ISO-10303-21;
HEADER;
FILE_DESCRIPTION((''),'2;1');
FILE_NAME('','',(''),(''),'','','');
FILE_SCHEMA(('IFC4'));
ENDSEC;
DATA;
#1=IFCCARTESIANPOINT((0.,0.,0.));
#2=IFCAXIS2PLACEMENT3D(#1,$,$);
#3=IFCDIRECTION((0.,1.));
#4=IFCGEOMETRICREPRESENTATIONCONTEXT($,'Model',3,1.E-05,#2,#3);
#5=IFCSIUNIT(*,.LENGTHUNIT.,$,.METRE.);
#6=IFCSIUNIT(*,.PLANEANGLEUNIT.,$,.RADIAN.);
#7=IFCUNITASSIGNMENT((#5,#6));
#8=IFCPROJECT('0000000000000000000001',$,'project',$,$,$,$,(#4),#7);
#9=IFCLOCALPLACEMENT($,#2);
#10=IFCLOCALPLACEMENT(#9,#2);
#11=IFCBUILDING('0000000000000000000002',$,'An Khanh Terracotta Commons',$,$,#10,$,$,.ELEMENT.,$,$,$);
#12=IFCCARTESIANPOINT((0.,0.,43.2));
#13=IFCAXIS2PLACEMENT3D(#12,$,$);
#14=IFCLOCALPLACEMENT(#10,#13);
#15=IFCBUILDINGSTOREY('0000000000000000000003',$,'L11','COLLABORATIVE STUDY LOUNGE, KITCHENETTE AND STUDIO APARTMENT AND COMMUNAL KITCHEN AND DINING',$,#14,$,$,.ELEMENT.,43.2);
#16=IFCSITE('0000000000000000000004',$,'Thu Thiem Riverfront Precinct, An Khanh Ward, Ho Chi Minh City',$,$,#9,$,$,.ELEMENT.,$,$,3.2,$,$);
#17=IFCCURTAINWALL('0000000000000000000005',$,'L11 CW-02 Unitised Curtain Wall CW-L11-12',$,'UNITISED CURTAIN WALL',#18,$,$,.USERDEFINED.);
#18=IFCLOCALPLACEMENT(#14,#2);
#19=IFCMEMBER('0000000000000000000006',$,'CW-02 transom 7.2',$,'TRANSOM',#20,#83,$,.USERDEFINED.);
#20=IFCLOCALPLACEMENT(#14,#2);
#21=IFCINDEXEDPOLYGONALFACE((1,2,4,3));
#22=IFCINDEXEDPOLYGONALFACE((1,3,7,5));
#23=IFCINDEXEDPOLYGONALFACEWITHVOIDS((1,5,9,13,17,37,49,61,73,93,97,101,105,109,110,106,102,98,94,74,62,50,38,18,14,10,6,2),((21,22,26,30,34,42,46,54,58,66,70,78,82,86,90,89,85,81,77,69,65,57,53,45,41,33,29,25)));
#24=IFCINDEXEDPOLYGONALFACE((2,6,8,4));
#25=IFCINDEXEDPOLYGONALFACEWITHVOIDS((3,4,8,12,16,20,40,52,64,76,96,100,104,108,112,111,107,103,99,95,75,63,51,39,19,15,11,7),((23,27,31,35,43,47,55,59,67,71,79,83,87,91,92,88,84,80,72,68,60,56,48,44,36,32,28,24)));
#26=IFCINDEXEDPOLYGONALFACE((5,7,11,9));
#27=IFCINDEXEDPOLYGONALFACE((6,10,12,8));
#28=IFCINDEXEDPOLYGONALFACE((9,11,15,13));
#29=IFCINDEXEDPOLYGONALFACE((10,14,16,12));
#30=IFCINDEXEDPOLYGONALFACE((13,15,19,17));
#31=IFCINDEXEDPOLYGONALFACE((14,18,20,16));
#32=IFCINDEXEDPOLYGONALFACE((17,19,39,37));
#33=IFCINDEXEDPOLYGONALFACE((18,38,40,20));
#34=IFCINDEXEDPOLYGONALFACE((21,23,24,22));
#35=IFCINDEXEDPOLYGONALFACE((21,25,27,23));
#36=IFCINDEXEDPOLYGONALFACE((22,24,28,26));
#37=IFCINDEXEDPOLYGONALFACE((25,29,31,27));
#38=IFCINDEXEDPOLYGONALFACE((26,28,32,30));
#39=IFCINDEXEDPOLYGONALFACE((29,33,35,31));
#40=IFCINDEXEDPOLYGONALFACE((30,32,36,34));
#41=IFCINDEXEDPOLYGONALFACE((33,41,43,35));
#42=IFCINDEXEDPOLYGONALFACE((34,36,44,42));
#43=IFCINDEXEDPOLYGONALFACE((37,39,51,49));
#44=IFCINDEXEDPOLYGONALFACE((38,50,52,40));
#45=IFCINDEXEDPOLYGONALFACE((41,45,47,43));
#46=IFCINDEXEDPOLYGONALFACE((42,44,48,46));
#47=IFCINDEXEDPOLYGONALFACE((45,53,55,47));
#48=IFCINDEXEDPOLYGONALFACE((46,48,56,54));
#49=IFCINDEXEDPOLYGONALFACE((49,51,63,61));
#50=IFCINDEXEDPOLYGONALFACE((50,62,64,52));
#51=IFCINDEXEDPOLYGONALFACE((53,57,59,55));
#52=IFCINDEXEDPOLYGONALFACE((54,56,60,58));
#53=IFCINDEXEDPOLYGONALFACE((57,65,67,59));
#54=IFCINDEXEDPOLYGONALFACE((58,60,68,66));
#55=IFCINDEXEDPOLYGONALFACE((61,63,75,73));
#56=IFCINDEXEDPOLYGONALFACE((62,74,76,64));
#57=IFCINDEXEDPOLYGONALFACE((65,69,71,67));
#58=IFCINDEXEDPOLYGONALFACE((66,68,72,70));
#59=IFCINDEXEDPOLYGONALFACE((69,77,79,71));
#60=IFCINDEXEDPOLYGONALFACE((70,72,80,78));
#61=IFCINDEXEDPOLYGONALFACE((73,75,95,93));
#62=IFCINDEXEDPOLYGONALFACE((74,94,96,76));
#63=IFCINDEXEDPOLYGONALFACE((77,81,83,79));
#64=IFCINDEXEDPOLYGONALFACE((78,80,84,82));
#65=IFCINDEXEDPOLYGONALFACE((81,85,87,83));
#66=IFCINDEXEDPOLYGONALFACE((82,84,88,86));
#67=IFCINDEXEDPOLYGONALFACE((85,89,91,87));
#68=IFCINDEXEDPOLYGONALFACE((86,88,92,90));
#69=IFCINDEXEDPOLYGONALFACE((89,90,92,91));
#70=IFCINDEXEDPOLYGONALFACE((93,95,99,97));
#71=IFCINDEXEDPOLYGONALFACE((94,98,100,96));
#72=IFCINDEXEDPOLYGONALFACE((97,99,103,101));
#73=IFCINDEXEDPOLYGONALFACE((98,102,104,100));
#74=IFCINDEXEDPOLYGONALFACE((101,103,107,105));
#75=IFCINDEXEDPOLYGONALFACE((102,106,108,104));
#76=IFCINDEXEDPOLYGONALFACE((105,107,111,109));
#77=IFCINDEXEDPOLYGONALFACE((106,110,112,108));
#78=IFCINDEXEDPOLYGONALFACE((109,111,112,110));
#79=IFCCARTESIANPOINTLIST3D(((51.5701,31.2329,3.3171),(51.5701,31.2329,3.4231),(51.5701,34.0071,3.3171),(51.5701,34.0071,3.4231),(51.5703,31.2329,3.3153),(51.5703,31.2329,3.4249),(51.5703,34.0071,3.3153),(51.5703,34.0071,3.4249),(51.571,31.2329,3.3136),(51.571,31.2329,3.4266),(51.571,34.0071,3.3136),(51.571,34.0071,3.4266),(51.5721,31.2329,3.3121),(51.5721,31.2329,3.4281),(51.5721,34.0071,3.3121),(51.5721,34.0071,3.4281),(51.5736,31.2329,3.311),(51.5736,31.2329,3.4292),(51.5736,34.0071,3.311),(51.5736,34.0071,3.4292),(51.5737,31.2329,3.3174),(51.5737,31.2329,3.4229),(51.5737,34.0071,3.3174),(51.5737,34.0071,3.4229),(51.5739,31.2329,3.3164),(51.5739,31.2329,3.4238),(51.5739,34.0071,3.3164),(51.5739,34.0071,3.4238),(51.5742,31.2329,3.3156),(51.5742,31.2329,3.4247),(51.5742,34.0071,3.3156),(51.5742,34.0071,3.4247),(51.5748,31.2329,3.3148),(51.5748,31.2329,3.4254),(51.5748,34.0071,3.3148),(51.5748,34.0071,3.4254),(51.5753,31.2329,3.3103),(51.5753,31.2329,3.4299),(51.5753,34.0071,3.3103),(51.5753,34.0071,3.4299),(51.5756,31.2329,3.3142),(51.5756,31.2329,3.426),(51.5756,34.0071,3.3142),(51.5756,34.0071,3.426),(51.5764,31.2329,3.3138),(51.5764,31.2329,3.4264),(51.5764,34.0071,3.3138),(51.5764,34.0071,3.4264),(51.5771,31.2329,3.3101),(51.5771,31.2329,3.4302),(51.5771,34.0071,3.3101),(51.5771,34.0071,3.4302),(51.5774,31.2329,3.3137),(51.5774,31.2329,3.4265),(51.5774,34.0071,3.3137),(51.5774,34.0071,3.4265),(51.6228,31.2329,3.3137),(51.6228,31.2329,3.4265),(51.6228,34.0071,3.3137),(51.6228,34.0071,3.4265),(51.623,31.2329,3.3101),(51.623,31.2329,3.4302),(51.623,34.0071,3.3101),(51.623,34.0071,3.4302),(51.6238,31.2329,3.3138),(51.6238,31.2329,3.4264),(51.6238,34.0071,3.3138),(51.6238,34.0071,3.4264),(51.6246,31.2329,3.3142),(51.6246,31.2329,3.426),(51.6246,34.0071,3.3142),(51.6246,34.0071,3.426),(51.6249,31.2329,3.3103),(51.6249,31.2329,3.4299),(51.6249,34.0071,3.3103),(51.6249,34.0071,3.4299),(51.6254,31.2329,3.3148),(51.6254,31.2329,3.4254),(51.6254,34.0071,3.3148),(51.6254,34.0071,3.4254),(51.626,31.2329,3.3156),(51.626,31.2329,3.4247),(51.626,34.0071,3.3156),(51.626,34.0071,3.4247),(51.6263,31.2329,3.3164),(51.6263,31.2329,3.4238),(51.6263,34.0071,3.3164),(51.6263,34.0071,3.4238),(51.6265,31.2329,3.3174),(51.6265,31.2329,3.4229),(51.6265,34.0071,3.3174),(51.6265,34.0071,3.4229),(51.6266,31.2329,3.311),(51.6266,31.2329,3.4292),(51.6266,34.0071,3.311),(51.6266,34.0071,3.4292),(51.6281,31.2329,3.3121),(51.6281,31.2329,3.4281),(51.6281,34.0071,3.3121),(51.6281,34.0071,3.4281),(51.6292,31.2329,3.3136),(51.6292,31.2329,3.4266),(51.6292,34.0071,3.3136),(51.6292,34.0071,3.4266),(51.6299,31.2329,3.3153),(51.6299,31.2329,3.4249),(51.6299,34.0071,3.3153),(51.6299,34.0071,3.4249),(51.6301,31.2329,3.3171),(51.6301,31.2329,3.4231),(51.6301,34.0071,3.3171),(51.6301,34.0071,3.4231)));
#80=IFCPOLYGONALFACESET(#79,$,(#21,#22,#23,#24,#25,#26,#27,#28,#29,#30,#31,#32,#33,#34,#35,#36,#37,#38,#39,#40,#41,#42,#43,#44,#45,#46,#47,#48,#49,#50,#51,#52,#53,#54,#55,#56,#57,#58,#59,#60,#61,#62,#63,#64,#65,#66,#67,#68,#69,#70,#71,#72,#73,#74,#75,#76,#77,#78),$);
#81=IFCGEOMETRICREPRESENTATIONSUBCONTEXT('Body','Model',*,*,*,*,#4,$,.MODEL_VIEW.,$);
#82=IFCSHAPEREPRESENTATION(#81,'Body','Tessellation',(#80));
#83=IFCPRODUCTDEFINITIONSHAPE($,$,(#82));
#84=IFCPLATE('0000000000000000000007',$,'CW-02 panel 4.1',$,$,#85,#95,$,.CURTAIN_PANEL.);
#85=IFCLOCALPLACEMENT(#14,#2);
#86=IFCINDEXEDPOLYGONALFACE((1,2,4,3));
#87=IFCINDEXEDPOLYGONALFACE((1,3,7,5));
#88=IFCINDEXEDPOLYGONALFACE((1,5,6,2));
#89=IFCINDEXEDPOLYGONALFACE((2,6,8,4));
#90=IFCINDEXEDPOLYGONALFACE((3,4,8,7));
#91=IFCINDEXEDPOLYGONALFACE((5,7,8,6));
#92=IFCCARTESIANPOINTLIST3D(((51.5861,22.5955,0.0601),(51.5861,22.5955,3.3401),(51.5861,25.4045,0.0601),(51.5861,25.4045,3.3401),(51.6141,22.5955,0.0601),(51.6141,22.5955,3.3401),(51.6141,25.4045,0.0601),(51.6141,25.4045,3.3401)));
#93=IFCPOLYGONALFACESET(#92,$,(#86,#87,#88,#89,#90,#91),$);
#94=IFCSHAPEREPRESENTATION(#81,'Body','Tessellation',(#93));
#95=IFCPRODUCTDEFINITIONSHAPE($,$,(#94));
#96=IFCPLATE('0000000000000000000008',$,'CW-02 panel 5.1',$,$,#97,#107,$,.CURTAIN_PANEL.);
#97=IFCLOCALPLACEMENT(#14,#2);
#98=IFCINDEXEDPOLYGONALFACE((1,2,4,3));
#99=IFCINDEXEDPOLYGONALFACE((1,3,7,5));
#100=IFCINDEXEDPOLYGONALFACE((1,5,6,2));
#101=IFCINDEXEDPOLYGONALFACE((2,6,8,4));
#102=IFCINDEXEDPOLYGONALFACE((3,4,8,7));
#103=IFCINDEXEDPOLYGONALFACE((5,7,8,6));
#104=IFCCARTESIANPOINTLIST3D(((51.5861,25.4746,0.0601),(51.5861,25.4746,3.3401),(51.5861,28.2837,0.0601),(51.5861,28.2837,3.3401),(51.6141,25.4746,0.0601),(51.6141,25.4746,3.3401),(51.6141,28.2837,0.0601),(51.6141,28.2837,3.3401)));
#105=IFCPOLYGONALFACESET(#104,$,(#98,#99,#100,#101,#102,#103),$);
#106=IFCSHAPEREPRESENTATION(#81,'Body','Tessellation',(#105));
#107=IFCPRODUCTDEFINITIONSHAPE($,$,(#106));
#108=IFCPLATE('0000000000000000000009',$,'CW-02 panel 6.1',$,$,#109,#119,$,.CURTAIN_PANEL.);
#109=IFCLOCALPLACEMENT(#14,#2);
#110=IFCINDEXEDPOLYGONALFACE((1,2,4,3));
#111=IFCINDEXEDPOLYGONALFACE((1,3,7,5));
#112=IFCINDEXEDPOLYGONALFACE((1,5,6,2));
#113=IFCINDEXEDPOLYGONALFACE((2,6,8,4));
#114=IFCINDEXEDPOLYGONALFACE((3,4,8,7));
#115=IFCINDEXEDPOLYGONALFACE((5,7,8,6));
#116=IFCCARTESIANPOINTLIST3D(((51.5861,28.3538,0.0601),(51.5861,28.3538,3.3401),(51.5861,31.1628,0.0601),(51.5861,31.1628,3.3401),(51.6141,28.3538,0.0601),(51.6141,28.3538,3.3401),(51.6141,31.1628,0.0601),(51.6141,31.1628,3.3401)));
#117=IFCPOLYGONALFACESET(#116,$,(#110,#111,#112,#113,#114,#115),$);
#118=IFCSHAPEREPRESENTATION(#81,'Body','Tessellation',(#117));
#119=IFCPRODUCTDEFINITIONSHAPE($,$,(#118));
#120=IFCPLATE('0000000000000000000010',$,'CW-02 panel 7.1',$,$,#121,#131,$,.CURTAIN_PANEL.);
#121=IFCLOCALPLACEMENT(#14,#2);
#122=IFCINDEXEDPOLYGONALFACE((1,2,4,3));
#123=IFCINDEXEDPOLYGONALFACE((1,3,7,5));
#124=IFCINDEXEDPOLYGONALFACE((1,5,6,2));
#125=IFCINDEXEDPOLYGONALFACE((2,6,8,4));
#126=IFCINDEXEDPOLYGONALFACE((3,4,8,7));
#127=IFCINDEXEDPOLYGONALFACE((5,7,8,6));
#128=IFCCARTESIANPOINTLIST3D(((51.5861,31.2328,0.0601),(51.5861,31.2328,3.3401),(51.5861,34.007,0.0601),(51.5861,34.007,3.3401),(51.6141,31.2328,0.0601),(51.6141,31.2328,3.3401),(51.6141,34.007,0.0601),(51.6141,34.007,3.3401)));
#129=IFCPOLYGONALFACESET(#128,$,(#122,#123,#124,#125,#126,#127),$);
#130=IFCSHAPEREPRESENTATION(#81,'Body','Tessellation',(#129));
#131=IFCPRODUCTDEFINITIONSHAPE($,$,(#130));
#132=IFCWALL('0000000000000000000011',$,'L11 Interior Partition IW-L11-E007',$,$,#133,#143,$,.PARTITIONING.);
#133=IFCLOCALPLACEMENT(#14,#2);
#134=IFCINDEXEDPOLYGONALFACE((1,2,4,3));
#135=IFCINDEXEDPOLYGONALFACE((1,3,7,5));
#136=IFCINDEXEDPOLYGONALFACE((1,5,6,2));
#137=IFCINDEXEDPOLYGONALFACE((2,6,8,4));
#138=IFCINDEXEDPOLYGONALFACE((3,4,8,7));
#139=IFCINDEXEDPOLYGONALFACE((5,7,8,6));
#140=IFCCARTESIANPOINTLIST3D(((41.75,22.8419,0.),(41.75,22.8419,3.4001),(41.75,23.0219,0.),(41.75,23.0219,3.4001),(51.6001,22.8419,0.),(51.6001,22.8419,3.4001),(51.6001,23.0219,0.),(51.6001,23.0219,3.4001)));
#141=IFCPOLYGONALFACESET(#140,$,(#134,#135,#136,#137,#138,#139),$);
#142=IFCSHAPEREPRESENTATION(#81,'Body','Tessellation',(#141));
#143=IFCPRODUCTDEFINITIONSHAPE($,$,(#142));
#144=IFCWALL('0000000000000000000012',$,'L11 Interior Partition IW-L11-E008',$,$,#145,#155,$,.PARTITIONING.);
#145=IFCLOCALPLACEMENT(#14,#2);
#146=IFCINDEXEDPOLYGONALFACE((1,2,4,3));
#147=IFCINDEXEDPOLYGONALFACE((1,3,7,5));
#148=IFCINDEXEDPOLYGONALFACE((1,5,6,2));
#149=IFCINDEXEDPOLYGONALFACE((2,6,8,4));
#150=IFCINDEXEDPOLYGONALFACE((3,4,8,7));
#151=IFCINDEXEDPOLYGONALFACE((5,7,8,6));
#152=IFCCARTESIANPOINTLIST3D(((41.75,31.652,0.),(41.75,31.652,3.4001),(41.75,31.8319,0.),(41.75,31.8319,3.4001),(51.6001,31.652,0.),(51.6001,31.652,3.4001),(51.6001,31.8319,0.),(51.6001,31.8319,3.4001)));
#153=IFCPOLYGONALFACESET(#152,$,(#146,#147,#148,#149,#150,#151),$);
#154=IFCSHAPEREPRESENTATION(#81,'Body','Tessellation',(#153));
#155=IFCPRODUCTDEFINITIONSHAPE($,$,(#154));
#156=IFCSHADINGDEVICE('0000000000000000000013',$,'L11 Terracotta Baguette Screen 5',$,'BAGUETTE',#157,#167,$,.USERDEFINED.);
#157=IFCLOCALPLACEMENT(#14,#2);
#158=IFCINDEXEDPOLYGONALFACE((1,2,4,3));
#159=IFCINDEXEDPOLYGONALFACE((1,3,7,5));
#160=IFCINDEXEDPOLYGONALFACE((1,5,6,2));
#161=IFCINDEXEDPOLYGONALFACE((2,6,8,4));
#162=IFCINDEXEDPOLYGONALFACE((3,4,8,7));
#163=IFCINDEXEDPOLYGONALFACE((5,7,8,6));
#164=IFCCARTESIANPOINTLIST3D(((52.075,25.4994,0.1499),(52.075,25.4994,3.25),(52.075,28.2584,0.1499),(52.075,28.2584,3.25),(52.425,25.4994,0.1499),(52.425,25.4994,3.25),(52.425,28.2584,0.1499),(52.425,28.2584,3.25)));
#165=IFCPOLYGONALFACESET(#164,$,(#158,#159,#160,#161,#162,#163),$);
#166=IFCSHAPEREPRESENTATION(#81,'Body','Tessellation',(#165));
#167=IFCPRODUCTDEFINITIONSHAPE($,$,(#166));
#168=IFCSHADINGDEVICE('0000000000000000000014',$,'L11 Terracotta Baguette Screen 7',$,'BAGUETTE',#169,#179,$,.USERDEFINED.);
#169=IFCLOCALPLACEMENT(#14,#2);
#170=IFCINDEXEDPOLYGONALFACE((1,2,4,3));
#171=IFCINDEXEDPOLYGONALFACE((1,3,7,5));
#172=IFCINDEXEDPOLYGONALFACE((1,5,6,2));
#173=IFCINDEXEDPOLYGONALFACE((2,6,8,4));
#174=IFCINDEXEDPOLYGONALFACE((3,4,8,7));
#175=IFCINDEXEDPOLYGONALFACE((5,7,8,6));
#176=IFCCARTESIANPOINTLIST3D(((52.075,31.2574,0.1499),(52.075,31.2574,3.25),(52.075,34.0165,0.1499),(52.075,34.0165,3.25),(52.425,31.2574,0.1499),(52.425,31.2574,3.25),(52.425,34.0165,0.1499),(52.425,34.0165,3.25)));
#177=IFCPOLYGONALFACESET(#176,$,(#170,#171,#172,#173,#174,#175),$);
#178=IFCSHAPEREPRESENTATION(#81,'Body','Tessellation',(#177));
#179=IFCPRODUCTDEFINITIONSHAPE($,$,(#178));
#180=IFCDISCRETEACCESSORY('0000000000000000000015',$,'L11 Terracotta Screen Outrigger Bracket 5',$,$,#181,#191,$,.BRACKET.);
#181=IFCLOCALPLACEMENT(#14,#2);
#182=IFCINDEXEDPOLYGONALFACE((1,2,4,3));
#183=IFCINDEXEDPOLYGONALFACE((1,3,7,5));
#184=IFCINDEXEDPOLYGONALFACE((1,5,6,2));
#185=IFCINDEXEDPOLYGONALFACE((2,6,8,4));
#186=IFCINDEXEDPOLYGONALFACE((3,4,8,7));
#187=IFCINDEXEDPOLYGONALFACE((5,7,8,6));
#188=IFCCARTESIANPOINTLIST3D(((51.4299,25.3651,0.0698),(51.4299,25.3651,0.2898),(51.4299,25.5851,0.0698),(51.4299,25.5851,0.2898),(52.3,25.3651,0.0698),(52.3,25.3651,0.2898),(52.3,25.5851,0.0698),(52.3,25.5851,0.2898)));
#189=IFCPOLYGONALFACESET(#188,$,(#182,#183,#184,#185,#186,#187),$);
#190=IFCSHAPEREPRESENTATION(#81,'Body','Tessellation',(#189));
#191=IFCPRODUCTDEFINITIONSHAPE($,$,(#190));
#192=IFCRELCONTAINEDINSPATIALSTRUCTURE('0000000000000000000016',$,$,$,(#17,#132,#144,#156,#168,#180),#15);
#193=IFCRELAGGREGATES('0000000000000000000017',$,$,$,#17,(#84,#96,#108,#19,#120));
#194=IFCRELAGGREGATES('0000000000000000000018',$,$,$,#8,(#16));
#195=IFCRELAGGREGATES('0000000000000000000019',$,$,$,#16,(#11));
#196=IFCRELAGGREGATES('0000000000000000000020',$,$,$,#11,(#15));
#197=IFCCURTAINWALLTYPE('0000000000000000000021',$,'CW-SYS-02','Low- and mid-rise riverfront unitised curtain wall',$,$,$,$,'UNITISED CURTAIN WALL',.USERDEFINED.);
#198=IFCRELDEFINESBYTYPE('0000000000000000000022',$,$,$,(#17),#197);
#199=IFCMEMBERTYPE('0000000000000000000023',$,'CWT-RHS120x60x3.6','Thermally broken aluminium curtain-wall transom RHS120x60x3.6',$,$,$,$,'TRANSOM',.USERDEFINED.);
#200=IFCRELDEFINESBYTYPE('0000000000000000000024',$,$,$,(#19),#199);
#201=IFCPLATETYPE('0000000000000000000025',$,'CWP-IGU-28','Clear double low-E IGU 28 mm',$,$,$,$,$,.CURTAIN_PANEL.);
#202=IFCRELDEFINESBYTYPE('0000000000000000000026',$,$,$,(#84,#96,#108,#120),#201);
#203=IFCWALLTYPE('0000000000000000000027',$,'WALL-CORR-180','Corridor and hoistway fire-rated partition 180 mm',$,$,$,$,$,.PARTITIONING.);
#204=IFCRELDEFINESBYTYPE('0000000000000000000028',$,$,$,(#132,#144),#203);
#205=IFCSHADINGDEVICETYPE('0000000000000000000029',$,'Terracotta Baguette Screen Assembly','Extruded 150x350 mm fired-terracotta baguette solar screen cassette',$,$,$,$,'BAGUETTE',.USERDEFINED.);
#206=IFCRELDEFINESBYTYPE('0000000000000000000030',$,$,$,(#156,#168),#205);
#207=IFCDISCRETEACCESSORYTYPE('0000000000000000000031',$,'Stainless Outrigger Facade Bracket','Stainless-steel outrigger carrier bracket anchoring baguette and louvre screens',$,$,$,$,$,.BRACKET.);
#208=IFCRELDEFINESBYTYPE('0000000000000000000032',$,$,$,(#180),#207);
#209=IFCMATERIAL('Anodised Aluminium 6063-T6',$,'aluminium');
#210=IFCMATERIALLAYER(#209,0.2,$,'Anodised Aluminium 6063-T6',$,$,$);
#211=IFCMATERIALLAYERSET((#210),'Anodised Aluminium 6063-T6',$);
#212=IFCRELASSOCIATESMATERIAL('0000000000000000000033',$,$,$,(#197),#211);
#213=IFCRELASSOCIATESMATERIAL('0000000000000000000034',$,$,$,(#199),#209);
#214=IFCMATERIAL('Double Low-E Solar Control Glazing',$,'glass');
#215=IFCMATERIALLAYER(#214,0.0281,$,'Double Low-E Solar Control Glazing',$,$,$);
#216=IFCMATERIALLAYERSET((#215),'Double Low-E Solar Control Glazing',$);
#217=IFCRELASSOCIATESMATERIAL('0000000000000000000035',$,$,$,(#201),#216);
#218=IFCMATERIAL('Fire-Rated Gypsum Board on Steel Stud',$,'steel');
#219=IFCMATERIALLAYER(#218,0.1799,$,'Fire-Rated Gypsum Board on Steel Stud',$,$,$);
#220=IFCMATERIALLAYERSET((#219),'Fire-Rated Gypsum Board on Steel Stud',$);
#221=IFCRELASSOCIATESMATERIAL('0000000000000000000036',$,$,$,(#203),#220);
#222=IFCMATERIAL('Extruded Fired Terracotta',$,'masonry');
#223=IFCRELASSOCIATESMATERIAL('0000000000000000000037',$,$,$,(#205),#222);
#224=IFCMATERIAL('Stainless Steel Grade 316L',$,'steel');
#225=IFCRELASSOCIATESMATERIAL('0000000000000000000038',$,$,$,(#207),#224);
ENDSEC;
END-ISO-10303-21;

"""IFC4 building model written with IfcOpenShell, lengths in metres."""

from ifc_helpers import new_model, si_unit, direction, frame, frame_2d, origin, origin_2d, place, context, subcontext, project, spatial, rectangle, hollow_rectangle, extrude, material, layer, layer_set, material_profile, profile_set, type_object, element, aggregate, save


model = new_model("IFC4")

# Units and contexts
model_context = context("Model", 3, precision=1e-05, world=origin(), true_north=direction((0.0, 1.0)))
body_context = subcontext(model_context, "Body", "Model", "MODEL_VIEW")
ifc_project = project(units=[si_unit("LENGTHUNIT", "METRE"), si_unit("PLANEANGLEUNIT", "RADIAN")], contexts=[model_context])

# Site, building, storey
site_placement = place(None, origin())
site = spatial("IfcSite", under=ifc_project, at=site_placement, Name="Thu Thiem Riverfront Precinct, An Khanh Ward, Ho Chi Minh City", CompositionType="ELEMENT", RefElevation=3.2)
building_placement = place(site_placement, origin())
building = spatial("IfcBuilding", under=site, at=building_placement, Name="An Khanh Terracotta Commons", CompositionType="ELEMENT")
storey_placement = place(building_placement, frame((0.0, 0.0, 43.2)))
storey = spatial("IfcBuildingStorey", under=building, at=storey_placement, Name="L11", Description="COLLABORATIVE STUDY LOUNGE, KITCHENETTE AND STUDIO APARTMENT AND COMMUNAL KITCHEN AND DINING", CompositionType="ELEMENT", Elevation=43.2)

# Curtain wall, member, plates
ifc_material_1 = material(Name="Anodised Aluminium 6063-T6", Category="aluminium")
ifc_layer_1 = layer(ifc_material_1, 0.2, Name="Anodised Aluminium 6063-T6")
ifc_layer_set_1 = layer_set([ifc_layer_1], Name="Anodised Aluminium 6063-T6")
curtain_wall_type = type_object("IfcCurtainWallType", Name="CW-SYS-02", Description="Low- and mid-rise riverfront unitised curtain wall", ElementType="UNITISED CURTAIN WALL", PredefinedType="USERDEFINED", material=ifc_layer_set_1)
curtain_wall_placement = place(storey_placement, origin())
curtain_wall = element("IfcCurtainWall", 1, at=curtain_wall_placement, inside=storey, type_object=curtain_wall_type, Name="L11 CW-02 Unitised Curtain Wall CW-L11-12", ObjectType="UNITISED CURTAIN WALL", PredefinedType="USERDEFINED")
ifc_material_profile_1 = material_profile(ifc_material_1, hollow_rectangle(XDim=0.0601, YDim=0.1201, WallThickness=0.0037, InnerFilletRadius=0.0037, OuterFilletRadius=0.0071, at=origin_2d()), Name="RHS120x60x3.6")
ifc_profile_set_1 = profile_set([ifc_material_profile_1], Name="Anodised Aluminium 6063-T6")
member_type_1 = type_object("IfcMemberType", Name="CWT-RHS120x60x3.6", Description="Thermally broken aluminium curtain-wall transom RHS120x60x3.6", ElementType="TRANSOM", PredefinedType="USERDEFINED", material=ifc_profile_set_1)
member_1_placement = place(storey_placement, frame((51.6001, 31.2329, 3.3701), z_axis=(0.0, 1.0, 0.0), x_axis=(-1.0, 0.0, 0.0)))
member_1 = element("IfcMember", 2, at=member_1_placement, type_object=member_type_1, Name="CW-02 transom 7.2", ObjectType="TRANSOM", PredefinedType="USERDEFINED", context=body_context, shape_type="SweptSolid", body=[
    extrude(hollow_rectangle(XDim=0.0601, YDim=0.1201, WallThickness=0.0037, InnerFilletRadius=0.0037, OuterFilletRadius=0.0071, at=origin_2d()), origin(), (0.0, 0.0, 1.0), 2.7742),
])
ifc_material_2 = material(Name="Double Low-E Solar Control Glazing", Category="glass")
ifc_layer_2 = layer(ifc_material_2, 0.0281, Name="Double Low-E Solar Control Glazing")
ifc_layer_set_2 = layer_set([ifc_layer_2], Name="Double Low-E Solar Control Glazing")
plate_type = type_object("IfcPlateType", Name="CWP-IGU-28", Description="Clear double low-E IGU 28 mm", PredefinedType="CURTAIN_PANEL", material=ifc_layer_set_2)
plate_1_placement = place(storey_placement, frame((51.6001, 24.0, 0.0601), z_axis=(0.0, 0.0, 1.0), x_axis=(0.0, 1.0, 0.0)))
plate_1 = element("IfcPlate", 3, at=plate_1_placement, type_object=plate_type, Name="CW-02 panel 4.1", PredefinedType="CURTAIN_PANEL", context=body_context, shape_type="SweptSolid", body=[
    extrude(rectangle(XDim=2.8091, YDim=0.0281, at=origin_2d()), origin(), (0.0, 0.0, 1.0), 3.28),
])
plate_2_placement = place(storey_placement, frame((51.6001, 26.8792, 0.0601), z_axis=(0.0, 0.0, 1.0), x_axis=(0.0, 1.0, 0.0)))
plate_2 = element("IfcPlate", 4, at=plate_2_placement, type_object=plate_type, Name="CW-02 panel 5.1", PredefinedType="CURTAIN_PANEL", context=body_context, shape_type="SweptSolid", body=[
    extrude(rectangle(XDim=2.8091, YDim=0.0281, at=origin_2d()), origin(), (0.0, 0.0, 1.0), 3.28),
])
plate_3_placement = place(storey_placement, frame((51.6001, 29.7583, 0.0601), z_axis=(0.0, 0.0, 1.0), x_axis=(0.0, 1.0, 0.0)))
plate_3 = element("IfcPlate", 5, at=plate_3_placement, type_object=plate_type, Name="CW-02 panel 6.1", PredefinedType="CURTAIN_PANEL", context=body_context, shape_type="SweptSolid", body=[
    extrude(rectangle(XDim=2.8091, YDim=0.0281, at=origin_2d()), origin(), (0.0, 0.0, 1.0), 3.28),
])
plate_4_placement = place(storey_placement, frame((51.6001, 32.6199, 0.0601), z_axis=(0.0, 0.0, 1.0), x_axis=(0.0, 1.0, 0.0)))
plate_4 = element("IfcPlate", 6, at=plate_4_placement, type_object=plate_type, Name="CW-02 panel 7.1", PredefinedType="CURTAIN_PANEL", context=body_context, shape_type="SweptSolid", body=[
    extrude(rectangle(XDim=2.7742, YDim=0.0281, at=origin_2d()), origin(), (0.0, 0.0, 1.0), 3.28),
])
aggregate(curtain_wall, [plate_1, plate_2, plate_3, member_1, plate_4])

# Walls
ifc_material_3 = material(Name="Fire-Rated Gypsum Board on Steel Stud", Category="steel")
ifc_layer_3 = layer(ifc_material_3, 0.1799, Name="Fire-Rated Gypsum Board on Steel Stud")
ifc_layer_set_3 = layer_set([ifc_layer_3], Name="Fire-Rated Gypsum Board on Steel Stud")
wall_type = type_object("IfcWallType", Name="WALL-CORR-180", Description="Corridor and hoistway fire-rated partition 180 mm", PredefinedType="PARTITIONING", material=ifc_layer_set_3)
for number, where, z_axis, x_axis, name in (
    (7, (41.75, 22.9319, 0.0), (0.0, 0.0, 1.0), (1.0, 0.0, 0.0), "L11 Interior Partition IW-L11-E007"),
    (8, (41.75, 31.7419, 0.0), (0.0, 0.0, 1.0), (1.0, 0.0, 0.0), "L11 Interior Partition IW-L11-E008"),
):
    element("IfcWall", number, at=place(storey_placement, frame(where, z_axis=z_axis, x_axis=x_axis)), inside=storey, type_object=wall_type, Name=name, PredefinedType="PARTITIONING", context=body_context, shape_type="SweptSolid", body=[
        extrude(rectangle(XDim=9.8501, YDim=0.1799, at=frame_2d((4.925, 0.0))), origin(), (0.0, 0.0, 1.0), 3.4001),
    ])

# Shading devices
ifc_material_4 = material(Name="Extruded Fired Terracotta", Category="masonry")
shading_device_type = type_object("IfcShadingDeviceType", Name="Terracotta Baguette Screen Assembly", Description="Extruded 150x350 mm fired-terracotta baguette solar screen cassette", ElementType="BAGUETTE", PredefinedType="USERDEFINED", material=ifc_material_4)
for number, where, z_axis, x_axis, name in (
    (9, (52.25, 26.8789, 0.1499), (0.0, 0.0, 1.0), (0.0, 1.0, 0.0), "L11 Terracotta Baguette Screen 5"),
    (10, (52.25, 32.637, 0.1499), (0.0, 0.0, 1.0), (0.0, 1.0, 0.0), "L11 Terracotta Baguette Screen 7"),
):
    element("IfcShadingDevice", number, at=place(storey_placement, frame(where, z_axis=z_axis, x_axis=x_axis)), inside=storey, type_object=shading_device_type, Name=name, ObjectType="BAGUETTE", PredefinedType="USERDEFINED", context=body_context, shape_type="SweptSolid", body=[
        extrude(rectangle(XDim=2.759, YDim=0.3501, at=origin_2d()), origin(), (0.0, 0.0, 1.0), 3.1001),
    ])

# Discrete accessory
ifc_material_5 = material(Name="Stainless Steel Grade 316L", Category="steel")
discrete_accessory_type = type_object("IfcDiscreteAccessoryType", Name="Stainless Outrigger Facade Bracket", Description="Stainless-steel outrigger carrier bracket anchoring baguette and louvre screens", PredefinedType="BRACKET", material=ifc_material_5)
for number, where, z_axis, x_axis, name in (
    (11, (51.865, 25.4751, 0.0698), (0.0, 0.0, 1.0), (0.0, 1.0, 0.0), "L11 Terracotta Screen Outrigger Bracket 5"),
):
    element("IfcDiscreteAccessory", number, at=place(storey_placement, frame(where, z_axis=z_axis, x_axis=x_axis)), inside=storey, type_object=discrete_accessory_type, Name=name, PredefinedType="BRACKET", context=body_context, shape_type="SweptSolid", body=[
        extrude(rectangle(XDim=0.22, YDim=0.8701, at=origin_2d()), origin(), (0.0, 0.0, 1.0), 0.22),
    ])

save(model, "model.ifc")
